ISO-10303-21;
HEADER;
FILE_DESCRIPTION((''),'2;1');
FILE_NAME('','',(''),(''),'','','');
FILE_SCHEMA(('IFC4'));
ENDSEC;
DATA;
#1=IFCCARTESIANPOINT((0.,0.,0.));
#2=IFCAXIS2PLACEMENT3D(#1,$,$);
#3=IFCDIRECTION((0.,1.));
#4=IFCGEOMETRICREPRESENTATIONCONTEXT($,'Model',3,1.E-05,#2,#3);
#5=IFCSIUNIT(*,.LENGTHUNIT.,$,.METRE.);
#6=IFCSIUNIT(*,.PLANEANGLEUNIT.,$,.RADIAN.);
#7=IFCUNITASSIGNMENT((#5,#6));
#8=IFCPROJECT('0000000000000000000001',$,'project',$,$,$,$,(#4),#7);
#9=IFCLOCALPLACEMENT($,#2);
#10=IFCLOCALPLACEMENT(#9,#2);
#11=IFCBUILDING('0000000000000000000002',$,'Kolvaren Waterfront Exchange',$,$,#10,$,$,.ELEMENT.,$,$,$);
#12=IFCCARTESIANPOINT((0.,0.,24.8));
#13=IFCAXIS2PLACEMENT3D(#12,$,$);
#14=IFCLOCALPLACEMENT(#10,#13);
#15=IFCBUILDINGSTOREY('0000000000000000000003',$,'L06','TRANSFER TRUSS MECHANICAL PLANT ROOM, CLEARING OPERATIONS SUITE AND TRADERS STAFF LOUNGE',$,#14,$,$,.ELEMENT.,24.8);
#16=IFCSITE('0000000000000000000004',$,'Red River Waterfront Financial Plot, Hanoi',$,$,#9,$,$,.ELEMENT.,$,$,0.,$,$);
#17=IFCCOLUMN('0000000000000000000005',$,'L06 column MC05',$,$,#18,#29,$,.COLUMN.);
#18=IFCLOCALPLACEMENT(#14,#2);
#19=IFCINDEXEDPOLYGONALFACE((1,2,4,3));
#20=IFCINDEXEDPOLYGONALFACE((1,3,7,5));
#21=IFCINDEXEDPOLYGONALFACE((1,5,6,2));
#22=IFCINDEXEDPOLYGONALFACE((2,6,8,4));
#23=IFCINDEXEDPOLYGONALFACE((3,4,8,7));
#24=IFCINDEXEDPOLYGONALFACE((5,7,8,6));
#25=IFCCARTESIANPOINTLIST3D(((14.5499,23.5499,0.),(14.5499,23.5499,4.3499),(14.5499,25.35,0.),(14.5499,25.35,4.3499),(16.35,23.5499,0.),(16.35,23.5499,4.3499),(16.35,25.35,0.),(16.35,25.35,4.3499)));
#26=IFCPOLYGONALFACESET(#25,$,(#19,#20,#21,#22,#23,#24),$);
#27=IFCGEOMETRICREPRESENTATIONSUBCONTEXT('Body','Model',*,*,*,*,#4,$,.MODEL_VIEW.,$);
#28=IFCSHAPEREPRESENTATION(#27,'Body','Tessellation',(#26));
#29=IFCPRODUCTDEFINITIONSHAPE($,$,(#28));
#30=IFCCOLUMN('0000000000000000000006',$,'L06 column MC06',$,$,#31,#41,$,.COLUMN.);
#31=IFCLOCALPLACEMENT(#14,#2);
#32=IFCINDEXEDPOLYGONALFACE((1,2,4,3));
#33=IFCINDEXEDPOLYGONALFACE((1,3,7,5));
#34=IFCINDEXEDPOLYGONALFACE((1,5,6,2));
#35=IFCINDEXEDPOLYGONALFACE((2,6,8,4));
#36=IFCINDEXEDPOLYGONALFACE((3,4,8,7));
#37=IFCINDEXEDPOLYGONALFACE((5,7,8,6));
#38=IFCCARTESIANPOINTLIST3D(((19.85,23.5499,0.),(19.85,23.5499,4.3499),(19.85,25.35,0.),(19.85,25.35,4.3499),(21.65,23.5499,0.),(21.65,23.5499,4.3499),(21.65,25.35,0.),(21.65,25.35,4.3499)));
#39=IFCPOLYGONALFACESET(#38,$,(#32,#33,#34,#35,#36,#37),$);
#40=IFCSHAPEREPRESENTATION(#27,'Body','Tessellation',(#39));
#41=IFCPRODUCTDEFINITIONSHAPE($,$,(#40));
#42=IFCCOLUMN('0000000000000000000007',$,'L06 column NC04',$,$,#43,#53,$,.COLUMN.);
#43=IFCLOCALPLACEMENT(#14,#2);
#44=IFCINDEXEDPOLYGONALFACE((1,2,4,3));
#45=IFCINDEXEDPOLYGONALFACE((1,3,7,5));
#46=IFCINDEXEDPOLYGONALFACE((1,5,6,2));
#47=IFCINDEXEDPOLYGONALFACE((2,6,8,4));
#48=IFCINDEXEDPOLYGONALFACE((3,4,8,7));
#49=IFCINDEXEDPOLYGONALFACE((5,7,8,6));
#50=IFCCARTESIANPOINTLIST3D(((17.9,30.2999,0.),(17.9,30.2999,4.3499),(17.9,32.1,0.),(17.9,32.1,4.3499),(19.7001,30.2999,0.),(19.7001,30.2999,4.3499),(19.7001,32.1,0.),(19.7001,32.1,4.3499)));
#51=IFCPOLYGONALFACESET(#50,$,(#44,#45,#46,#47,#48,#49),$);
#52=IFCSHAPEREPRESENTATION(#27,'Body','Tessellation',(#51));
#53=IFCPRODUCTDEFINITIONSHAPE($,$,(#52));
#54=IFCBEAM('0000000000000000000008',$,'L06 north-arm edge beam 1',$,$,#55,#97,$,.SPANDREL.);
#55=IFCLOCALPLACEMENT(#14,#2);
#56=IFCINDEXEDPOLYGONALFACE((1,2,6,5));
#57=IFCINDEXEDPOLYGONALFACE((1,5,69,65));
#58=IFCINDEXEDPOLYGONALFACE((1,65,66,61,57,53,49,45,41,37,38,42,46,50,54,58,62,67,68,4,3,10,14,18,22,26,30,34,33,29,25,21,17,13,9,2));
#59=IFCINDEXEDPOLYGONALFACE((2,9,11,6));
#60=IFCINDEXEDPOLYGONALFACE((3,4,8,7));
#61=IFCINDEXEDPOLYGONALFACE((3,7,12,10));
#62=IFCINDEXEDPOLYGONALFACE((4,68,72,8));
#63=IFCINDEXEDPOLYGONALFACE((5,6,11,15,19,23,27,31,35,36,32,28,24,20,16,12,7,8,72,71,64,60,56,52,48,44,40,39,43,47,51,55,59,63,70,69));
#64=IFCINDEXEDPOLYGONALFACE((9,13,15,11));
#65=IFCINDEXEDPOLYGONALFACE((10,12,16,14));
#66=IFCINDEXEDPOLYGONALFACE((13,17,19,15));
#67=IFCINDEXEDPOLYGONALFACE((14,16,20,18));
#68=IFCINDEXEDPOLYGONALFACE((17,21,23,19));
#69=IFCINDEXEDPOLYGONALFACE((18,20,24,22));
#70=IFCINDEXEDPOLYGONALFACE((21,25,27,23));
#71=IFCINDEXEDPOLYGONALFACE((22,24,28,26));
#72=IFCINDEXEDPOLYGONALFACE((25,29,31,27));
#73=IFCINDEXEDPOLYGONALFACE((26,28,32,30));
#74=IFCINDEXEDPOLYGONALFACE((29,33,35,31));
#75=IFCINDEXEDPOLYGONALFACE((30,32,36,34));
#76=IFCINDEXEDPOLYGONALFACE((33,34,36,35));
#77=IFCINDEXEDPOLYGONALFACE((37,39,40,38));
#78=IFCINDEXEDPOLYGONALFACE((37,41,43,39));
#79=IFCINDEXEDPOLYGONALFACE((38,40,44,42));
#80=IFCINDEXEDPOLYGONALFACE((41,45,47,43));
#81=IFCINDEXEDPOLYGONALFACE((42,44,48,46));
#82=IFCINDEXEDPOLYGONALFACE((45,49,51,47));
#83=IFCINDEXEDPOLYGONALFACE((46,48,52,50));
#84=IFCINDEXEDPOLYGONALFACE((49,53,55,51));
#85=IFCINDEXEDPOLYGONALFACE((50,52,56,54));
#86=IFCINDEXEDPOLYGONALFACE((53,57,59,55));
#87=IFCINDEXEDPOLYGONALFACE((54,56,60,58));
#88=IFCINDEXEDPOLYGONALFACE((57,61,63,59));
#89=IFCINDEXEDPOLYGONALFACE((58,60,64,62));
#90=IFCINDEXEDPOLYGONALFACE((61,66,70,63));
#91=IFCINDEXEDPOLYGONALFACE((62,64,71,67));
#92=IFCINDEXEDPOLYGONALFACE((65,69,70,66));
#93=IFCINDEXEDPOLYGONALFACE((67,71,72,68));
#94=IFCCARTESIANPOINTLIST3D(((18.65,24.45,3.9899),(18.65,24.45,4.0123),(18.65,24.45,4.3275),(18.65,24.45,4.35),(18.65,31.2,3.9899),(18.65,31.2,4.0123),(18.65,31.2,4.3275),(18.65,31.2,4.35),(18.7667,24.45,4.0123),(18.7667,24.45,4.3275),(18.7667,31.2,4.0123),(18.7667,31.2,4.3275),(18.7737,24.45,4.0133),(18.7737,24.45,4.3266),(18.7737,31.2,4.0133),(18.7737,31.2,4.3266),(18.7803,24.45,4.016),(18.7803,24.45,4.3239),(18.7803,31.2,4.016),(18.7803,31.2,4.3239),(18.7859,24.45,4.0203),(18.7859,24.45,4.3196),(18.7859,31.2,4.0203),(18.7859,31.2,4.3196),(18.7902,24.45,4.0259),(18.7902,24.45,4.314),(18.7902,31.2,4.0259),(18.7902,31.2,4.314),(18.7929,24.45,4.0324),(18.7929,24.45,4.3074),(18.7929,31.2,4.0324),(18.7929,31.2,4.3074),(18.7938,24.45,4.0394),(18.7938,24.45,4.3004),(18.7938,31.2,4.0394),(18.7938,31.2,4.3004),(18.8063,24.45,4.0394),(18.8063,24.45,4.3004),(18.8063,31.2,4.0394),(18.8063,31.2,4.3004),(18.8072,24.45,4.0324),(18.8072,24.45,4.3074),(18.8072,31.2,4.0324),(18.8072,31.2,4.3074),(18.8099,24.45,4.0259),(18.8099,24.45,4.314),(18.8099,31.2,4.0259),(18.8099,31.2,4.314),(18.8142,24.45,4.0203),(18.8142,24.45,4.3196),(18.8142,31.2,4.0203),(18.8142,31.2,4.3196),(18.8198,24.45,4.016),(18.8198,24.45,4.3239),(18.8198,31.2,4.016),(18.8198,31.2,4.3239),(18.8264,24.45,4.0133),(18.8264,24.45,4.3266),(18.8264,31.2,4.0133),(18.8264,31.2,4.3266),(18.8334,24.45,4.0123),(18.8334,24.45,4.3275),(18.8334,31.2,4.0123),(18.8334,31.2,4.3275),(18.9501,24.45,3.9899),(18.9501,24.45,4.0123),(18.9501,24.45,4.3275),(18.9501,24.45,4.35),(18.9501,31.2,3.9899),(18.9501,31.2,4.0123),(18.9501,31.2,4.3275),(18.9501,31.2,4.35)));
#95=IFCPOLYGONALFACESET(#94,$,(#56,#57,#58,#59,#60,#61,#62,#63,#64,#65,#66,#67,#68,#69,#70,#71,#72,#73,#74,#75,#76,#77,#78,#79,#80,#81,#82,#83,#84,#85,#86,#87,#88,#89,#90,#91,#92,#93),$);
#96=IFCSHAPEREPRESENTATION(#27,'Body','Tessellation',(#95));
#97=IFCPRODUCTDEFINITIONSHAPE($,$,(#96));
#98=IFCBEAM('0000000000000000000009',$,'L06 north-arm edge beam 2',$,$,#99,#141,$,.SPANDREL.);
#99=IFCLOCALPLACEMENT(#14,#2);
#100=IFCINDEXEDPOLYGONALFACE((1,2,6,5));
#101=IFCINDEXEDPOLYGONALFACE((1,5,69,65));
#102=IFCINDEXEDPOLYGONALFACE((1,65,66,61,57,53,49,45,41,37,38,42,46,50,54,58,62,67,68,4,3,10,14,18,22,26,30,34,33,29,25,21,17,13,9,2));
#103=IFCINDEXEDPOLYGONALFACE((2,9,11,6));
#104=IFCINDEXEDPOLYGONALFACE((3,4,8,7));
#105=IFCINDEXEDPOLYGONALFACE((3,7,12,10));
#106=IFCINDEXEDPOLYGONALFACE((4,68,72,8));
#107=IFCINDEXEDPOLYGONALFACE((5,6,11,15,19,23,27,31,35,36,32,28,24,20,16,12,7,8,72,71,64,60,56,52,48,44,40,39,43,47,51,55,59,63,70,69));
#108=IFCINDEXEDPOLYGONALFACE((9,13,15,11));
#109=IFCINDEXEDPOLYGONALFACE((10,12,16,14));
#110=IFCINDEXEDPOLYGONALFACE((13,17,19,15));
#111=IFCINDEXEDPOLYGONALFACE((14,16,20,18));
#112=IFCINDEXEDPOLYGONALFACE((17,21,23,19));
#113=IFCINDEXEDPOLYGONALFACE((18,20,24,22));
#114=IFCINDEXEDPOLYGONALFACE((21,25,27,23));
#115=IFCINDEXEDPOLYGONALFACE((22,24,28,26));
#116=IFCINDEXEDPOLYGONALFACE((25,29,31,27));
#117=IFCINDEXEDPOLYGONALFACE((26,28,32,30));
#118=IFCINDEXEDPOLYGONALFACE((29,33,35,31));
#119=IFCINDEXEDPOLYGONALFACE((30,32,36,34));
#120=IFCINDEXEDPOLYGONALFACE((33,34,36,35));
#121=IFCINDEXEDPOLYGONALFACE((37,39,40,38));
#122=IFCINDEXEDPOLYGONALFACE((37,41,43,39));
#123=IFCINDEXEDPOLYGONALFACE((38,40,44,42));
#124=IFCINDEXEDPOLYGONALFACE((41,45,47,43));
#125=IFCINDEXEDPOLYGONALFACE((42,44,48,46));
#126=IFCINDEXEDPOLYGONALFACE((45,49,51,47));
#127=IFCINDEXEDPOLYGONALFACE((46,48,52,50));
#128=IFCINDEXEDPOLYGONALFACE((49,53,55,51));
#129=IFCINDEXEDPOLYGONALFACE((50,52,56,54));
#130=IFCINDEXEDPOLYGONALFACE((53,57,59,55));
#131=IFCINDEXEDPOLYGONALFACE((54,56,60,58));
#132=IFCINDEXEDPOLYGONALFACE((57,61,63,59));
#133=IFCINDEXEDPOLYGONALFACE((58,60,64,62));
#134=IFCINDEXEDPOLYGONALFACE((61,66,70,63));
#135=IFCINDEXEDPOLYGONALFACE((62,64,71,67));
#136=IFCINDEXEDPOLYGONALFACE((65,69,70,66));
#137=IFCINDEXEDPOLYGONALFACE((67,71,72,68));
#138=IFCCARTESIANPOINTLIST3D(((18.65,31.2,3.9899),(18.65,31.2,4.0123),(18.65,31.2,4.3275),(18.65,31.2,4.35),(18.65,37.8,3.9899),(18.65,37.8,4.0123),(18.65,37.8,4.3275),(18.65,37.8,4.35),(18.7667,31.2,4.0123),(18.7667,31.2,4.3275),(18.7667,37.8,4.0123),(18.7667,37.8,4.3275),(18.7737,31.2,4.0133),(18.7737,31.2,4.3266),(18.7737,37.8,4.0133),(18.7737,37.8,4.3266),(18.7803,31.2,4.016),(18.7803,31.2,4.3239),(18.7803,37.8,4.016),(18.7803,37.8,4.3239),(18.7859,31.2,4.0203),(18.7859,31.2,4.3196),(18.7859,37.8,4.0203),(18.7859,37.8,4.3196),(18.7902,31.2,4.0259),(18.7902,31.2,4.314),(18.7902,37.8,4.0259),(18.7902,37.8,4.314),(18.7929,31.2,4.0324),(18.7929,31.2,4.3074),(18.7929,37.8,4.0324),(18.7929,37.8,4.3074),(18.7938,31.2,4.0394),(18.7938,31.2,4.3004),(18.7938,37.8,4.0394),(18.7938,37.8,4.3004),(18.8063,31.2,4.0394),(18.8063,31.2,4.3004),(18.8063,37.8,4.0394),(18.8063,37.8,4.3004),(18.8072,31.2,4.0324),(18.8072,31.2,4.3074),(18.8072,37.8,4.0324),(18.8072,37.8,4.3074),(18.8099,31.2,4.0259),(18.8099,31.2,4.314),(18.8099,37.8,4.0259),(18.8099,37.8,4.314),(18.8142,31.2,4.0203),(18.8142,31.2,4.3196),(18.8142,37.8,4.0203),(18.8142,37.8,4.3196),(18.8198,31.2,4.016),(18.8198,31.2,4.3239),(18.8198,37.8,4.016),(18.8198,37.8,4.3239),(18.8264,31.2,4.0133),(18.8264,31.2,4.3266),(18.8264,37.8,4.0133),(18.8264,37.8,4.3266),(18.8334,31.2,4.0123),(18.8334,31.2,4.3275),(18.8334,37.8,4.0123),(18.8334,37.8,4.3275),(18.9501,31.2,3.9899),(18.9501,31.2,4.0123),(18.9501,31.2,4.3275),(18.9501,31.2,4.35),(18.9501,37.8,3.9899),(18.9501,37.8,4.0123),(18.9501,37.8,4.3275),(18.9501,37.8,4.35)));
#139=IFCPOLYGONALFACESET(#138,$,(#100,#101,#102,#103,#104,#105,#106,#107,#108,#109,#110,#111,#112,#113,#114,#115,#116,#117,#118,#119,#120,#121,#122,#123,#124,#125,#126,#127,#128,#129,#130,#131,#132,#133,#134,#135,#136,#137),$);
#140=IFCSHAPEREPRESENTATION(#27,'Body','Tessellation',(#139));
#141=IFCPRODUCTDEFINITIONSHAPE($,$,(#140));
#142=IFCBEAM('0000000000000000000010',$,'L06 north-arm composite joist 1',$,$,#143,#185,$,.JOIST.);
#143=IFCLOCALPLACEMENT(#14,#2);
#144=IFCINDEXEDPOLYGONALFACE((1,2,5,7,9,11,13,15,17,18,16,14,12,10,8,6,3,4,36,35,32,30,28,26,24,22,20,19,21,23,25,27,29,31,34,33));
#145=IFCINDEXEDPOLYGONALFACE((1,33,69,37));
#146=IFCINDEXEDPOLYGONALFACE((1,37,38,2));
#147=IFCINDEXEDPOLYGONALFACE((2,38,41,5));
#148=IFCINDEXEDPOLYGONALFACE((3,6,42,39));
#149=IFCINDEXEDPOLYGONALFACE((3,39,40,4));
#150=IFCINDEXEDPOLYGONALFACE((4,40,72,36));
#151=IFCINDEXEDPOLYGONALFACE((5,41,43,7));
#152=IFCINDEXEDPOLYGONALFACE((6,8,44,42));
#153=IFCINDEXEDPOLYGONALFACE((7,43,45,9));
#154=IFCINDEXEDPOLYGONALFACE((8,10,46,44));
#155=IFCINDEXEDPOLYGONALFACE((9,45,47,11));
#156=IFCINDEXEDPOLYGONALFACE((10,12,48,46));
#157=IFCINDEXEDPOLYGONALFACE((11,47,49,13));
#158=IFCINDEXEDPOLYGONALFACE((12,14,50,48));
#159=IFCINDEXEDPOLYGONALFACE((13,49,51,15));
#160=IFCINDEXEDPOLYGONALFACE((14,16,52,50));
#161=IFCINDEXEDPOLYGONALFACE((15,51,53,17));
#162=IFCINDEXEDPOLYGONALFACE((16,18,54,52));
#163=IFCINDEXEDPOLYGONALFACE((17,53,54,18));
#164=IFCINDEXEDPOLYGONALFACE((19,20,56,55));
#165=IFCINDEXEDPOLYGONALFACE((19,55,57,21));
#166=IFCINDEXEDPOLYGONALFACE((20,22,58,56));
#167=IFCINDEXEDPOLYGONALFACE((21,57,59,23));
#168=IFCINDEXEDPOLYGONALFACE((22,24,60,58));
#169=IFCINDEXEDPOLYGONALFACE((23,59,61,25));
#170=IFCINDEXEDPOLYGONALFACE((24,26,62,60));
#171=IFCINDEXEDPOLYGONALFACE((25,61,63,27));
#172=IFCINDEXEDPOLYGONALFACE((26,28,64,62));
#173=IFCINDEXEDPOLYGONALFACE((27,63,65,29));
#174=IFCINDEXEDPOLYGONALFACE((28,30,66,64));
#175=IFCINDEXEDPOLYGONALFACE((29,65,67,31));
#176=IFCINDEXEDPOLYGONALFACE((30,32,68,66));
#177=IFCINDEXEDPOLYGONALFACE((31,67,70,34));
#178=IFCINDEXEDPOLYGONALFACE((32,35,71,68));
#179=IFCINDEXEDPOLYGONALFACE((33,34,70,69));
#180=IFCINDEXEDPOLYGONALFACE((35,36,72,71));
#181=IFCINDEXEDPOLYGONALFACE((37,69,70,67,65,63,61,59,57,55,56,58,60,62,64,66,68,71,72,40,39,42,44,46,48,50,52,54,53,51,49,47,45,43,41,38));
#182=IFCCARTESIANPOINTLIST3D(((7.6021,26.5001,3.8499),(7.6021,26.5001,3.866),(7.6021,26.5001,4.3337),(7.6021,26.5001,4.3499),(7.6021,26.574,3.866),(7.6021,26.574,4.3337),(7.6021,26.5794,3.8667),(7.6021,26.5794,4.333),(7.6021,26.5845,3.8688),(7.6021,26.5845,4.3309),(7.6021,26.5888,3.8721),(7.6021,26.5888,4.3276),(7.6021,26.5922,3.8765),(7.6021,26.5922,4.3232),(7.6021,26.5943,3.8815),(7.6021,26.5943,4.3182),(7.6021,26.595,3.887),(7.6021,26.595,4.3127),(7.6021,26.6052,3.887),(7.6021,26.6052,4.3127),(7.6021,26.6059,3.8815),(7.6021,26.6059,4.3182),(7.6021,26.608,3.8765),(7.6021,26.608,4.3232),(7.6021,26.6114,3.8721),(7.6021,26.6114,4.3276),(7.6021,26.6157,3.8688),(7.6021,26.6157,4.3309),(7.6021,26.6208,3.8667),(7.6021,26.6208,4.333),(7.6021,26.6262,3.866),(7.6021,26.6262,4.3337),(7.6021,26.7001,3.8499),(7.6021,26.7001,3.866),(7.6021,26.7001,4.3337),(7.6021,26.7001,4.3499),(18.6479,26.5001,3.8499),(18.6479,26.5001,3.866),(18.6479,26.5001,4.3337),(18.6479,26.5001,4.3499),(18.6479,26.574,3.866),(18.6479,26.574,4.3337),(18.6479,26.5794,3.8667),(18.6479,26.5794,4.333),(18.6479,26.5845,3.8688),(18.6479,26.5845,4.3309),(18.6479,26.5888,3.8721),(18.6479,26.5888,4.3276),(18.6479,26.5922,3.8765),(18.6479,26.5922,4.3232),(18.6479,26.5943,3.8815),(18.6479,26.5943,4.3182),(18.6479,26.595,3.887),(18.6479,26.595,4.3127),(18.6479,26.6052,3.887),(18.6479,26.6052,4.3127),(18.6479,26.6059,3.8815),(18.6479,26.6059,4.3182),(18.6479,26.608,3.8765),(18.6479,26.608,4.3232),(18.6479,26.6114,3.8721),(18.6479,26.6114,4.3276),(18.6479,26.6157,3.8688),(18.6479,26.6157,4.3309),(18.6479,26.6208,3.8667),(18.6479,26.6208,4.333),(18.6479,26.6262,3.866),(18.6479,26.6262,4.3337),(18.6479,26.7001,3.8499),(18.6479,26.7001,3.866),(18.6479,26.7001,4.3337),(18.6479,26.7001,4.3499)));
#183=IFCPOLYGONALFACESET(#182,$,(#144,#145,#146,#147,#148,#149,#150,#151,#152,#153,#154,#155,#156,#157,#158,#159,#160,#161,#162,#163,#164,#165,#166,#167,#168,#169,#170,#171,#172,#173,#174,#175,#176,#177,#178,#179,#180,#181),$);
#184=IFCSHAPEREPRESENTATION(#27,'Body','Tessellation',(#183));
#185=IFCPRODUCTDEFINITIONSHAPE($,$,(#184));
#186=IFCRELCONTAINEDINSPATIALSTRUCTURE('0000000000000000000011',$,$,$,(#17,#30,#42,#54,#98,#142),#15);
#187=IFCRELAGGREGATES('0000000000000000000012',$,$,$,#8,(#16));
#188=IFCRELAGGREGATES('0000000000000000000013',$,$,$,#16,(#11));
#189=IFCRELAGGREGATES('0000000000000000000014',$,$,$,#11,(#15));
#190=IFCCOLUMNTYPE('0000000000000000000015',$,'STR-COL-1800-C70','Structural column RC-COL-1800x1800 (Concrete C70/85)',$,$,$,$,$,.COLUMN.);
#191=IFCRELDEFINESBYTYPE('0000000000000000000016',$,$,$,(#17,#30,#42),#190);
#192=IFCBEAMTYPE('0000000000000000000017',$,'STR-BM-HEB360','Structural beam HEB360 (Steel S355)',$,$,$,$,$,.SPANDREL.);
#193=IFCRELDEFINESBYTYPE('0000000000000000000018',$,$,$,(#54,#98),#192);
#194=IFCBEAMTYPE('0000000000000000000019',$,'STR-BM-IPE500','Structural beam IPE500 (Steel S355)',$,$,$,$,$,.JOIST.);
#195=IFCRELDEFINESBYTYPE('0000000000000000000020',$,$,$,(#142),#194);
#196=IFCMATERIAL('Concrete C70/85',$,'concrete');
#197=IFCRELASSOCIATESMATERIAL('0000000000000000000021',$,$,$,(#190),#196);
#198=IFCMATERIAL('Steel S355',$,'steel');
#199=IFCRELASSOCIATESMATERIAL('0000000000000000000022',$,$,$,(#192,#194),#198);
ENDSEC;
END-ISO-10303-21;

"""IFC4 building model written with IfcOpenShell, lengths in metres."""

from ifc_helpers import new_model, si_unit, direction, frame, origin, origin_2d, place, context, subcontext, project, spatial, rectangle, i_section, extrude, material, material_profile, profile_set, type_object, element, save


model = new_model("IFC4")

# Units and contexts
model_context = context("Model", 3, precision=1e-05, world=origin(), true_north=direction((0.0, 1.0)))
body_context = subcontext(model_context, "Body", "Model", "MODEL_VIEW")
ifc_project = project(units=[si_unit("LENGTHUNIT", "METRE"), si_unit("PLANEANGLEUNIT", "RADIAN")], contexts=[model_context])

# Site, building, storey
site_placement = place(None, origin())
site = spatial("IfcSite", under=ifc_project, at=site_placement, Name="Red River Waterfront Financial Plot, Hanoi", CompositionType="ELEMENT", RefElevation=0.0)
building_placement = place(site_placement, origin())
building = spatial("IfcBuilding", under=site, at=building_placement, Name="Kolvaren Waterfront Exchange", CompositionType="ELEMENT")
storey_placement = place(building_placement, frame((0.0, 0.0, 24.8)))
storey = spatial("IfcBuildingStorey", under=building, at=storey_placement, Name="L06", Description="TRANSFER TRUSS MECHANICAL PLANT ROOM, CLEARING OPERATIONS SUITE AND TRADERS STAFF LOUNGE", CompositionType="ELEMENT", Elevation=24.8)

# Columns
ifc_material_1 = material(Name="Concrete C70/85", Category="concrete")
ifc_material_profile_1 = material_profile(ifc_material_1, rectangle(XDim=1.8, YDim=1.8, at=origin_2d()), Name="RC-COL-1800x1800")
ifc_profile_set_1 = profile_set([ifc_material_profile_1], Name="Concrete C70/85")
column_type = type_object("IfcColumnType", Name="STR-COL-1800-C70", Description="Structural column RC-COL-1800x1800 (Concrete C70/85)", PredefinedType="COLUMN", material=ifc_profile_set_1)
for number, where, z_axis, x_axis, name in (
    (1, (15.45, 24.45, 0.0), (0.0, 0.0, 1.0), (1.0, 0.0, 0.0), "L06 column MC05"),
    (2, (20.75, 24.45, 0.0), (0.0, 0.0, 1.0), (1.0, 0.0, 0.0), "L06 column MC06"),
    (3, (18.8, 31.2, 0.0), (0.0, 0.0, 1.0), (1.0, 0.0, 0.0), "L06 column NC04"),
):
    element("IfcColumn", number, at=place(storey_placement, frame(where, z_axis=z_axis, x_axis=x_axis)), inside=storey, type_object=column_type, Name=name, PredefinedType="COLUMN", context=body_context, shape_type="SweptSolid", body=[
        extrude(rectangle(XDim=1.8, YDim=1.8, at=origin_2d()), origin(), (0.0, 0.0, 1.0), 4.3499),
    ])

# Beams
ifc_material_2 = material(Name="Steel S355", Category="steel")
ifc_material_profile_2 = material_profile(ifc_material_2, i_section(OverallWidth=0.3, OverallDepth=0.3601, WebThickness=0.0125, FlangeThickness=0.0225, FilletRadius=0.0271, at=origin_2d()), Name="HEB360")
ifc_profile_set_2 = profile_set([ifc_material_profile_2], Name="Steel S355")
beam_type_1 = type_object("IfcBeamType", Name="STR-BM-HEB360", Description="Structural beam HEB360 (Steel S355)", PredefinedType="SPANDREL", material=ifc_profile_set_2)
beam_1_placement = place(storey_placement, frame((18.8, 24.45, 4.1699), z_axis=(0.0, 1.0, 0.0), x_axis=(-1.0, 0.0, 0.0)))
element("IfcBeam", 4, at=beam_1_placement, inside=storey, type_object=beam_type_1, Name="L06 north-arm edge beam 1", PredefinedType="SPANDREL", context=body_context, shape_type="SweptSolid", body=[
    extrude(i_section(OverallWidth=0.3, OverallDepth=0.3601, WebThickness=0.0125, FlangeThickness=0.0225, FilletRadius=0.0271, at=origin_2d()), origin(), (0.0, 0.0, 1.0), 6.75),
])
beam_2_placement = place(storey_placement, frame((18.8, 31.2, 4.1699), z_axis=(0.0, 1.0, 0.0), x_axis=(-1.0, 0.0, 0.0)))
element("IfcBeam", 5, at=beam_2_placement, inside=storey, type_object=beam_type_1, Name="L06 north-arm edge beam 2", PredefinedType="SPANDREL", context=body_context, shape_type="SweptSolid", body=[
    extrude(i_section(OverallWidth=0.3, OverallDepth=0.3601, WebThickness=0.0125, FlangeThickness=0.0225, FilletRadius=0.0271, at=origin_2d()), origin(), (0.0, 0.0, 1.0), 6.6001),
])
ifc_material_profile_3 = material_profile(ifc_material_2, i_section(OverallWidth=0.2, OverallDepth=0.5, WebThickness=0.0103, FlangeThickness=0.0161, FilletRadius=0.021, at=origin_2d()), Name="IPE500")
ifc_profile_set_3 = profile_set([ifc_material_profile_3], Name="Steel S355")
beam_type_2 = type_object("IfcBeamType", Name="STR-BM-IPE500", Description="Structural beam IPE500 (Steel S355)", PredefinedType="JOIST", material=ifc_profile_set_3)
for number, where, z_axis, x_axis, name in (
    (6, (7.6021, 26.6001, 4.0999), (1.0, 0.0, 0.0), (0.0, 1.0, 0.0), "L06 north-arm composite joist 1"),
):
    element("IfcBeam", number, at=place(storey_placement, frame(where, z_axis=z_axis, x_axis=x_axis)), inside=storey, type_object=beam_type_2, Name=name, PredefinedType="JOIST", context=body_context, shape_type="SweptSolid", body=[
        extrude(i_section(OverallWidth=0.2, OverallDepth=0.5, WebThickness=0.0103, FlangeThickness=0.0161, FilletRadius=0.021, at=origin_2d()), origin(), (0.0, 0.0, 1.0), 11.0459),
    ])

save(model, "model.ifc")
